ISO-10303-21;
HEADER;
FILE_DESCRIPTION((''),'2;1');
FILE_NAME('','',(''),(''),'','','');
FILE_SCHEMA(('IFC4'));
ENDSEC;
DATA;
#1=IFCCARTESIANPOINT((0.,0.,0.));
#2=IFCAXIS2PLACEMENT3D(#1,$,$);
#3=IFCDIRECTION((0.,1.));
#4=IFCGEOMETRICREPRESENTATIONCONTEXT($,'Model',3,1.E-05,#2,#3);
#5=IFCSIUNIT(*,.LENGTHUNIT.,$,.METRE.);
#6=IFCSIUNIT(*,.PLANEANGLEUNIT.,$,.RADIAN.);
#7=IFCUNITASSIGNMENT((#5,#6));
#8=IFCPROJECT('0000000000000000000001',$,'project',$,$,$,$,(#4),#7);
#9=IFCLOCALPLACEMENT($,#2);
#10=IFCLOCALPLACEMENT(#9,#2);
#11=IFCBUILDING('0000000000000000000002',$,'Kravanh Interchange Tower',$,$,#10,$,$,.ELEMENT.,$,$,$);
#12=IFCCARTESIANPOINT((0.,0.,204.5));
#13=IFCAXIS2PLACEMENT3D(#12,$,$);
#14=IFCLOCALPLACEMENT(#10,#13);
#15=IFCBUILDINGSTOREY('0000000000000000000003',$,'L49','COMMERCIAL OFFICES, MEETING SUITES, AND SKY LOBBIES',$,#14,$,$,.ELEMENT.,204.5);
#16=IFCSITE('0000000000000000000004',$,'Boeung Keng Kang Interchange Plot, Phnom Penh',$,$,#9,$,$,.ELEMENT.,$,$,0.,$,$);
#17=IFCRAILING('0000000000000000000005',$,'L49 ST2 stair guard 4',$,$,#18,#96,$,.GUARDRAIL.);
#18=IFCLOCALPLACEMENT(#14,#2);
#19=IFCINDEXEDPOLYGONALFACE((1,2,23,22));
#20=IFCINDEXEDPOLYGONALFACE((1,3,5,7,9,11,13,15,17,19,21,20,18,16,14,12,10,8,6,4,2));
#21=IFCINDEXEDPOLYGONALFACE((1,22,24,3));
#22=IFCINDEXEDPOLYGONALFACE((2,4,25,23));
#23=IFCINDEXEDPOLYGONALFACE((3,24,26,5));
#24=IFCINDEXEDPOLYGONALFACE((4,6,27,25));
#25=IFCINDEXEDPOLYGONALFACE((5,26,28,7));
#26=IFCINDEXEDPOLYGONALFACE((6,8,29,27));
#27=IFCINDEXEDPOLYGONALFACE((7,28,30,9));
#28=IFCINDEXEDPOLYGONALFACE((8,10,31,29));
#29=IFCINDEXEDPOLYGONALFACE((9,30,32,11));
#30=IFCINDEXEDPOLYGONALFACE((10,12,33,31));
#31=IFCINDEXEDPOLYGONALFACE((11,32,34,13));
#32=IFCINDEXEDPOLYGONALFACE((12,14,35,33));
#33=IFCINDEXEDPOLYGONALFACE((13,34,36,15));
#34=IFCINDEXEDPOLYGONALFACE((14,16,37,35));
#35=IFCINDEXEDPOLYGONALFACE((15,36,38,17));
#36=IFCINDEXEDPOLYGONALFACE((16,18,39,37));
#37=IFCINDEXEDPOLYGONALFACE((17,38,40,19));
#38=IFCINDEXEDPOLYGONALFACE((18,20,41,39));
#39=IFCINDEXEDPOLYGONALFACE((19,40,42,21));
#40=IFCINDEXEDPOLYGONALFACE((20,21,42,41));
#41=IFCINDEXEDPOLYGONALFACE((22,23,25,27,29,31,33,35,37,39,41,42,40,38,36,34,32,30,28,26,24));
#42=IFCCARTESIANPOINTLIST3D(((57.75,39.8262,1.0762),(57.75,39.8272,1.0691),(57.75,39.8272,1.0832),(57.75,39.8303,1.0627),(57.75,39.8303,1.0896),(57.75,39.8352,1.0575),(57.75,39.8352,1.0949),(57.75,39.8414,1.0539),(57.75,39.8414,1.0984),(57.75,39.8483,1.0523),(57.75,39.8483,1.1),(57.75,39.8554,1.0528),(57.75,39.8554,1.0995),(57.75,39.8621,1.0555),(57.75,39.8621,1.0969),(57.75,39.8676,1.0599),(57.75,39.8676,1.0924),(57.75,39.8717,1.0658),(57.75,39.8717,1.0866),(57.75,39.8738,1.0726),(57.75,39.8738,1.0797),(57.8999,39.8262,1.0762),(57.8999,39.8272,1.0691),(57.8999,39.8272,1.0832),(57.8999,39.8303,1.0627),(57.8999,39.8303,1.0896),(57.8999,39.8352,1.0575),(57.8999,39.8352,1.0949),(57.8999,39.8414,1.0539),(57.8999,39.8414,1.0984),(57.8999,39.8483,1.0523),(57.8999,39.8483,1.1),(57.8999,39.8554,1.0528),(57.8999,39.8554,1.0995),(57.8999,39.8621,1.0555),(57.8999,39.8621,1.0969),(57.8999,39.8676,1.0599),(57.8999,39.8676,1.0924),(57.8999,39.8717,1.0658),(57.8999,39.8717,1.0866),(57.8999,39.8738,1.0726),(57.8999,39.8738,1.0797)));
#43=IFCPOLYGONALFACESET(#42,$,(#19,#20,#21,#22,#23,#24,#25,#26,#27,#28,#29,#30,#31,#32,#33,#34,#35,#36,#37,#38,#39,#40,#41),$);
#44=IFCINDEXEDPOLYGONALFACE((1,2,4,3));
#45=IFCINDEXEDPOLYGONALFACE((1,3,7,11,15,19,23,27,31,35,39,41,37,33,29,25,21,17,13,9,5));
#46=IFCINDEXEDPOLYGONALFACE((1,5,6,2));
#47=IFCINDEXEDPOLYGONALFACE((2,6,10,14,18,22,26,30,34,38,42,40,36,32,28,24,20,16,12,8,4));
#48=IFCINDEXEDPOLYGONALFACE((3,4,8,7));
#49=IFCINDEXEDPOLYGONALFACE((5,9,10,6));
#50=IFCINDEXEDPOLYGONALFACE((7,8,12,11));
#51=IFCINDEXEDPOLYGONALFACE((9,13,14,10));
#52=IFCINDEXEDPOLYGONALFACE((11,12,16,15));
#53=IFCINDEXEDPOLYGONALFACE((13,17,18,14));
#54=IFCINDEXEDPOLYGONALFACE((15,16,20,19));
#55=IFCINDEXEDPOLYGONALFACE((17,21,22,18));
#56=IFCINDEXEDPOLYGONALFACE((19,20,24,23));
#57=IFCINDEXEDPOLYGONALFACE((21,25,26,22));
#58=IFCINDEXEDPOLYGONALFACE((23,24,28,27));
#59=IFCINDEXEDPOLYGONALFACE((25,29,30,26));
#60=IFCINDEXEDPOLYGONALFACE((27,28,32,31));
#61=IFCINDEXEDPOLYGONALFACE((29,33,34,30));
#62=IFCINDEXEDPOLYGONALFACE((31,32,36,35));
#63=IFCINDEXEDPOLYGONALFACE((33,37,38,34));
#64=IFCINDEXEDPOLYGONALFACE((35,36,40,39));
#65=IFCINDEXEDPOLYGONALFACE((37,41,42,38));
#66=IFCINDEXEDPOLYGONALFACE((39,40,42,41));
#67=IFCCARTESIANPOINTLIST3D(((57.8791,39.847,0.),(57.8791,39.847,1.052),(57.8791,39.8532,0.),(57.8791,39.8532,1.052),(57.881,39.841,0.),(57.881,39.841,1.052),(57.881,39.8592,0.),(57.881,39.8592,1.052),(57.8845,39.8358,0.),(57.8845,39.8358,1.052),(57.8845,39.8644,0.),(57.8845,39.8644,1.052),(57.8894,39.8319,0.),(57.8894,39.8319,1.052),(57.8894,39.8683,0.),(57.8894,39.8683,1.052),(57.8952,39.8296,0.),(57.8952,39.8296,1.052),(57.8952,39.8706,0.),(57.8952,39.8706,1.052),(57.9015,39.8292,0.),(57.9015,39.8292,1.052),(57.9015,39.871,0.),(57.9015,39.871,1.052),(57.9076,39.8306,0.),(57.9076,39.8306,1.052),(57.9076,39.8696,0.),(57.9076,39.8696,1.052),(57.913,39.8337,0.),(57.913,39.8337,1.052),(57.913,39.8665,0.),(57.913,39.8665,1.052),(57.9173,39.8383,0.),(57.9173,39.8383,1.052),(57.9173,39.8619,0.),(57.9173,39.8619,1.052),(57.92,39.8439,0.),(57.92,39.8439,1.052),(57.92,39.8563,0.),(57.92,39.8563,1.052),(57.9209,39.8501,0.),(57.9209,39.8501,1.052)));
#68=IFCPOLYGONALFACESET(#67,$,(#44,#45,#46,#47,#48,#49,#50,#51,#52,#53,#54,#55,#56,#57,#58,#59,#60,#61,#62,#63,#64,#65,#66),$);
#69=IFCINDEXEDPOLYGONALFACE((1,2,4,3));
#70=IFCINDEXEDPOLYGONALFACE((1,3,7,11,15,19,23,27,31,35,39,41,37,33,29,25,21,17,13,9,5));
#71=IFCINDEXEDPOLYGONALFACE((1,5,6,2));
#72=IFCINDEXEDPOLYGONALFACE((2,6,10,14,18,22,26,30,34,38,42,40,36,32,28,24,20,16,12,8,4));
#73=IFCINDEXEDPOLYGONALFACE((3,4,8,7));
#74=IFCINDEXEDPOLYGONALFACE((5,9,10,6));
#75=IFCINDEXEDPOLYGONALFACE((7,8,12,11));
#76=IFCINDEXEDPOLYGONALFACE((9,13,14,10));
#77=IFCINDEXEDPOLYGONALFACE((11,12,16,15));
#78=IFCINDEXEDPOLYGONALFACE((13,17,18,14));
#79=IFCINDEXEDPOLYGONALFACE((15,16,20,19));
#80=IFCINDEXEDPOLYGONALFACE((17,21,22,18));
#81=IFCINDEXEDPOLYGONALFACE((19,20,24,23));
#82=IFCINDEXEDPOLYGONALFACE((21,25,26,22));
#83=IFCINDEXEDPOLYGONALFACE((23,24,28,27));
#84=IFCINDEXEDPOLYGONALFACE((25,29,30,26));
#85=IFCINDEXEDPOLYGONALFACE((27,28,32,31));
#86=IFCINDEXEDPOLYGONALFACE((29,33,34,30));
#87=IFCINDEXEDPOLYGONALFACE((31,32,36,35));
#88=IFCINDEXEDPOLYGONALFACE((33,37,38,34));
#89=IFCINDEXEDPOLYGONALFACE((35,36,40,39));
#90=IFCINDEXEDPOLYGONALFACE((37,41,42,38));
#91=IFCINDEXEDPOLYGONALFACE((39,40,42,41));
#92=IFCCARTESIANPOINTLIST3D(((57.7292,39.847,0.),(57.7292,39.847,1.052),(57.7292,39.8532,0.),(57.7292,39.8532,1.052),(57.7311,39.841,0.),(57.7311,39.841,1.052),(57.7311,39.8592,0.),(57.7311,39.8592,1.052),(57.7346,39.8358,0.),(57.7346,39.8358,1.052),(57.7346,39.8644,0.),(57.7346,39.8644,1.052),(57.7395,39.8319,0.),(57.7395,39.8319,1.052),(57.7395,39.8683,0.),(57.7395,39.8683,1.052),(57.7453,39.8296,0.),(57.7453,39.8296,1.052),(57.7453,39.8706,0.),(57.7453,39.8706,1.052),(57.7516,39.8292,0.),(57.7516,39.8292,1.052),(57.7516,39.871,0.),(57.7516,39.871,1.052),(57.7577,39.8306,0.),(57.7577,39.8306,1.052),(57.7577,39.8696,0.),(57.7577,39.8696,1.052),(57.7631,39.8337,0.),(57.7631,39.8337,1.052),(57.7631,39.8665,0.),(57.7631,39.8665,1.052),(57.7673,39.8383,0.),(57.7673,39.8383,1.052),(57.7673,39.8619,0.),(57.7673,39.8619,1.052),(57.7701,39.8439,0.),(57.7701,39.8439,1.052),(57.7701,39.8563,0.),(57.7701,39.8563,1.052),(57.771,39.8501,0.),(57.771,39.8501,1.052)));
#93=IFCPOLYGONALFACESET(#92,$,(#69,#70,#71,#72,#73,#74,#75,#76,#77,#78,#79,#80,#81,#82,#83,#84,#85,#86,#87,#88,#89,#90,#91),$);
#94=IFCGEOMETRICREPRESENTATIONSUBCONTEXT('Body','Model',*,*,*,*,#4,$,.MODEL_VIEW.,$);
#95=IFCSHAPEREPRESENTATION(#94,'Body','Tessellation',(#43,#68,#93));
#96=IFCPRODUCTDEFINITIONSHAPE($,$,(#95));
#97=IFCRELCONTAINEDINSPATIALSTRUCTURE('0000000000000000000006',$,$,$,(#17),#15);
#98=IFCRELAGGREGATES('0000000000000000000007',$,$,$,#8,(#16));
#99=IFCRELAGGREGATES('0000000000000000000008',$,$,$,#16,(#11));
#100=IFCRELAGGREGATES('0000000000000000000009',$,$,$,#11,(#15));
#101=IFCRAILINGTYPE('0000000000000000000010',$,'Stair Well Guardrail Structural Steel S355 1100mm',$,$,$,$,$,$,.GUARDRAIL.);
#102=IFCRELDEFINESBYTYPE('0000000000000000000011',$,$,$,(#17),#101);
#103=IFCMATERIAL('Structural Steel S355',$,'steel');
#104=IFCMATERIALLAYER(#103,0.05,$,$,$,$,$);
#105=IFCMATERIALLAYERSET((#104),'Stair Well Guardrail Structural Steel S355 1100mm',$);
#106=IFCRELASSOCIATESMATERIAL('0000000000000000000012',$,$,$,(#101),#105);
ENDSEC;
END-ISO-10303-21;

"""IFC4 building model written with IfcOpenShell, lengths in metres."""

from ifc_helpers import new_model, si_unit, direction, frame, origin, origin_2d, place, context, subcontext, project, spatial, circle, extrude, material, layer, layer_set, type_object, element, save


model = new_model("IFC4")

# Units and contexts
model_context = context("Model", 3, precision=1e-05, world=origin(), true_north=direction((0.0, 1.0)))
body_context = subcontext(model_context, "Body", "Model", "MODEL_VIEW")
ifc_project = project(units=[si_unit("LENGTHUNIT", "METRE"), si_unit("PLANEANGLEUNIT", "RADIAN")], contexts=[model_context])

# Site, building, storey
site_placement = place(None, origin())
site = spatial("IfcSite", under=ifc_project, at=site_placement, Name="Boeung Keng Kang Interchange Plot, Phnom Penh", CompositionType="ELEMENT", RefElevation=0.0)
building_placement = place(site_placement, origin())
building = spatial("IfcBuilding", under=site, at=building_placement, Name="Kravanh Interchange Tower", CompositionType="ELEMENT")
storey_placement = place(building_placement, frame((0.0, 0.0, 204.5)))
storey = spatial("IfcBuildingStorey", under=building, at=storey_placement, Name="L49", Description="COMMERCIAL OFFICES, MEETING SUITES, AND SKY LOBBIES", CompositionType="ELEMENT", Elevation=204.5)

# Railing
ifc_material_1 = material(Name="Structural Steel S355", Category="steel")
ifc_layer_1 = layer(ifc_material_1, 0.05)
ifc_layer_set_1 = layer_set([ifc_layer_1], Name="Stair Well Guardrail Structural Steel S355 1100mm")
railing_type_1 = type_object("IfcRailingType", Name="Stair Well Guardrail Structural Steel S355 1100mm", PredefinedType="GUARDRAIL", material=ifc_layer_set_1)
for number, where, name in (
    (1, (57.8999, 39.8501, 0.0), "L49 ST2 stair guard 4"),
):
    element("IfcRailing", number, at=place(storey_placement, frame(where)), inside=storey, type_object=railing_type_1, Name=name, PredefinedType="GUARDRAIL", context=body_context, shape_type="SweptSolid", body=[
        extrude(circle(Radius=0.0239, at=origin_2d()), frame((0.0, 0.0, 1.0762), z_axis=(-1.0, 0.0, 0.0), x_axis=(0.0, -1.0, 0.0)), (0.0, 0.0, 1.0), 0.1499),
        extrude(circle(Radius=0.021, at=origin_2d()), origin(), (0.0, 0.0, 1.0), 1.052),
        extrude(circle(Radius=0.021, at=origin_2d()), frame((-0.1499, 0.0, 0.0)), (0.0, 0.0, 1.0), 1.052),
    ])

save(model, "model.ifc")
